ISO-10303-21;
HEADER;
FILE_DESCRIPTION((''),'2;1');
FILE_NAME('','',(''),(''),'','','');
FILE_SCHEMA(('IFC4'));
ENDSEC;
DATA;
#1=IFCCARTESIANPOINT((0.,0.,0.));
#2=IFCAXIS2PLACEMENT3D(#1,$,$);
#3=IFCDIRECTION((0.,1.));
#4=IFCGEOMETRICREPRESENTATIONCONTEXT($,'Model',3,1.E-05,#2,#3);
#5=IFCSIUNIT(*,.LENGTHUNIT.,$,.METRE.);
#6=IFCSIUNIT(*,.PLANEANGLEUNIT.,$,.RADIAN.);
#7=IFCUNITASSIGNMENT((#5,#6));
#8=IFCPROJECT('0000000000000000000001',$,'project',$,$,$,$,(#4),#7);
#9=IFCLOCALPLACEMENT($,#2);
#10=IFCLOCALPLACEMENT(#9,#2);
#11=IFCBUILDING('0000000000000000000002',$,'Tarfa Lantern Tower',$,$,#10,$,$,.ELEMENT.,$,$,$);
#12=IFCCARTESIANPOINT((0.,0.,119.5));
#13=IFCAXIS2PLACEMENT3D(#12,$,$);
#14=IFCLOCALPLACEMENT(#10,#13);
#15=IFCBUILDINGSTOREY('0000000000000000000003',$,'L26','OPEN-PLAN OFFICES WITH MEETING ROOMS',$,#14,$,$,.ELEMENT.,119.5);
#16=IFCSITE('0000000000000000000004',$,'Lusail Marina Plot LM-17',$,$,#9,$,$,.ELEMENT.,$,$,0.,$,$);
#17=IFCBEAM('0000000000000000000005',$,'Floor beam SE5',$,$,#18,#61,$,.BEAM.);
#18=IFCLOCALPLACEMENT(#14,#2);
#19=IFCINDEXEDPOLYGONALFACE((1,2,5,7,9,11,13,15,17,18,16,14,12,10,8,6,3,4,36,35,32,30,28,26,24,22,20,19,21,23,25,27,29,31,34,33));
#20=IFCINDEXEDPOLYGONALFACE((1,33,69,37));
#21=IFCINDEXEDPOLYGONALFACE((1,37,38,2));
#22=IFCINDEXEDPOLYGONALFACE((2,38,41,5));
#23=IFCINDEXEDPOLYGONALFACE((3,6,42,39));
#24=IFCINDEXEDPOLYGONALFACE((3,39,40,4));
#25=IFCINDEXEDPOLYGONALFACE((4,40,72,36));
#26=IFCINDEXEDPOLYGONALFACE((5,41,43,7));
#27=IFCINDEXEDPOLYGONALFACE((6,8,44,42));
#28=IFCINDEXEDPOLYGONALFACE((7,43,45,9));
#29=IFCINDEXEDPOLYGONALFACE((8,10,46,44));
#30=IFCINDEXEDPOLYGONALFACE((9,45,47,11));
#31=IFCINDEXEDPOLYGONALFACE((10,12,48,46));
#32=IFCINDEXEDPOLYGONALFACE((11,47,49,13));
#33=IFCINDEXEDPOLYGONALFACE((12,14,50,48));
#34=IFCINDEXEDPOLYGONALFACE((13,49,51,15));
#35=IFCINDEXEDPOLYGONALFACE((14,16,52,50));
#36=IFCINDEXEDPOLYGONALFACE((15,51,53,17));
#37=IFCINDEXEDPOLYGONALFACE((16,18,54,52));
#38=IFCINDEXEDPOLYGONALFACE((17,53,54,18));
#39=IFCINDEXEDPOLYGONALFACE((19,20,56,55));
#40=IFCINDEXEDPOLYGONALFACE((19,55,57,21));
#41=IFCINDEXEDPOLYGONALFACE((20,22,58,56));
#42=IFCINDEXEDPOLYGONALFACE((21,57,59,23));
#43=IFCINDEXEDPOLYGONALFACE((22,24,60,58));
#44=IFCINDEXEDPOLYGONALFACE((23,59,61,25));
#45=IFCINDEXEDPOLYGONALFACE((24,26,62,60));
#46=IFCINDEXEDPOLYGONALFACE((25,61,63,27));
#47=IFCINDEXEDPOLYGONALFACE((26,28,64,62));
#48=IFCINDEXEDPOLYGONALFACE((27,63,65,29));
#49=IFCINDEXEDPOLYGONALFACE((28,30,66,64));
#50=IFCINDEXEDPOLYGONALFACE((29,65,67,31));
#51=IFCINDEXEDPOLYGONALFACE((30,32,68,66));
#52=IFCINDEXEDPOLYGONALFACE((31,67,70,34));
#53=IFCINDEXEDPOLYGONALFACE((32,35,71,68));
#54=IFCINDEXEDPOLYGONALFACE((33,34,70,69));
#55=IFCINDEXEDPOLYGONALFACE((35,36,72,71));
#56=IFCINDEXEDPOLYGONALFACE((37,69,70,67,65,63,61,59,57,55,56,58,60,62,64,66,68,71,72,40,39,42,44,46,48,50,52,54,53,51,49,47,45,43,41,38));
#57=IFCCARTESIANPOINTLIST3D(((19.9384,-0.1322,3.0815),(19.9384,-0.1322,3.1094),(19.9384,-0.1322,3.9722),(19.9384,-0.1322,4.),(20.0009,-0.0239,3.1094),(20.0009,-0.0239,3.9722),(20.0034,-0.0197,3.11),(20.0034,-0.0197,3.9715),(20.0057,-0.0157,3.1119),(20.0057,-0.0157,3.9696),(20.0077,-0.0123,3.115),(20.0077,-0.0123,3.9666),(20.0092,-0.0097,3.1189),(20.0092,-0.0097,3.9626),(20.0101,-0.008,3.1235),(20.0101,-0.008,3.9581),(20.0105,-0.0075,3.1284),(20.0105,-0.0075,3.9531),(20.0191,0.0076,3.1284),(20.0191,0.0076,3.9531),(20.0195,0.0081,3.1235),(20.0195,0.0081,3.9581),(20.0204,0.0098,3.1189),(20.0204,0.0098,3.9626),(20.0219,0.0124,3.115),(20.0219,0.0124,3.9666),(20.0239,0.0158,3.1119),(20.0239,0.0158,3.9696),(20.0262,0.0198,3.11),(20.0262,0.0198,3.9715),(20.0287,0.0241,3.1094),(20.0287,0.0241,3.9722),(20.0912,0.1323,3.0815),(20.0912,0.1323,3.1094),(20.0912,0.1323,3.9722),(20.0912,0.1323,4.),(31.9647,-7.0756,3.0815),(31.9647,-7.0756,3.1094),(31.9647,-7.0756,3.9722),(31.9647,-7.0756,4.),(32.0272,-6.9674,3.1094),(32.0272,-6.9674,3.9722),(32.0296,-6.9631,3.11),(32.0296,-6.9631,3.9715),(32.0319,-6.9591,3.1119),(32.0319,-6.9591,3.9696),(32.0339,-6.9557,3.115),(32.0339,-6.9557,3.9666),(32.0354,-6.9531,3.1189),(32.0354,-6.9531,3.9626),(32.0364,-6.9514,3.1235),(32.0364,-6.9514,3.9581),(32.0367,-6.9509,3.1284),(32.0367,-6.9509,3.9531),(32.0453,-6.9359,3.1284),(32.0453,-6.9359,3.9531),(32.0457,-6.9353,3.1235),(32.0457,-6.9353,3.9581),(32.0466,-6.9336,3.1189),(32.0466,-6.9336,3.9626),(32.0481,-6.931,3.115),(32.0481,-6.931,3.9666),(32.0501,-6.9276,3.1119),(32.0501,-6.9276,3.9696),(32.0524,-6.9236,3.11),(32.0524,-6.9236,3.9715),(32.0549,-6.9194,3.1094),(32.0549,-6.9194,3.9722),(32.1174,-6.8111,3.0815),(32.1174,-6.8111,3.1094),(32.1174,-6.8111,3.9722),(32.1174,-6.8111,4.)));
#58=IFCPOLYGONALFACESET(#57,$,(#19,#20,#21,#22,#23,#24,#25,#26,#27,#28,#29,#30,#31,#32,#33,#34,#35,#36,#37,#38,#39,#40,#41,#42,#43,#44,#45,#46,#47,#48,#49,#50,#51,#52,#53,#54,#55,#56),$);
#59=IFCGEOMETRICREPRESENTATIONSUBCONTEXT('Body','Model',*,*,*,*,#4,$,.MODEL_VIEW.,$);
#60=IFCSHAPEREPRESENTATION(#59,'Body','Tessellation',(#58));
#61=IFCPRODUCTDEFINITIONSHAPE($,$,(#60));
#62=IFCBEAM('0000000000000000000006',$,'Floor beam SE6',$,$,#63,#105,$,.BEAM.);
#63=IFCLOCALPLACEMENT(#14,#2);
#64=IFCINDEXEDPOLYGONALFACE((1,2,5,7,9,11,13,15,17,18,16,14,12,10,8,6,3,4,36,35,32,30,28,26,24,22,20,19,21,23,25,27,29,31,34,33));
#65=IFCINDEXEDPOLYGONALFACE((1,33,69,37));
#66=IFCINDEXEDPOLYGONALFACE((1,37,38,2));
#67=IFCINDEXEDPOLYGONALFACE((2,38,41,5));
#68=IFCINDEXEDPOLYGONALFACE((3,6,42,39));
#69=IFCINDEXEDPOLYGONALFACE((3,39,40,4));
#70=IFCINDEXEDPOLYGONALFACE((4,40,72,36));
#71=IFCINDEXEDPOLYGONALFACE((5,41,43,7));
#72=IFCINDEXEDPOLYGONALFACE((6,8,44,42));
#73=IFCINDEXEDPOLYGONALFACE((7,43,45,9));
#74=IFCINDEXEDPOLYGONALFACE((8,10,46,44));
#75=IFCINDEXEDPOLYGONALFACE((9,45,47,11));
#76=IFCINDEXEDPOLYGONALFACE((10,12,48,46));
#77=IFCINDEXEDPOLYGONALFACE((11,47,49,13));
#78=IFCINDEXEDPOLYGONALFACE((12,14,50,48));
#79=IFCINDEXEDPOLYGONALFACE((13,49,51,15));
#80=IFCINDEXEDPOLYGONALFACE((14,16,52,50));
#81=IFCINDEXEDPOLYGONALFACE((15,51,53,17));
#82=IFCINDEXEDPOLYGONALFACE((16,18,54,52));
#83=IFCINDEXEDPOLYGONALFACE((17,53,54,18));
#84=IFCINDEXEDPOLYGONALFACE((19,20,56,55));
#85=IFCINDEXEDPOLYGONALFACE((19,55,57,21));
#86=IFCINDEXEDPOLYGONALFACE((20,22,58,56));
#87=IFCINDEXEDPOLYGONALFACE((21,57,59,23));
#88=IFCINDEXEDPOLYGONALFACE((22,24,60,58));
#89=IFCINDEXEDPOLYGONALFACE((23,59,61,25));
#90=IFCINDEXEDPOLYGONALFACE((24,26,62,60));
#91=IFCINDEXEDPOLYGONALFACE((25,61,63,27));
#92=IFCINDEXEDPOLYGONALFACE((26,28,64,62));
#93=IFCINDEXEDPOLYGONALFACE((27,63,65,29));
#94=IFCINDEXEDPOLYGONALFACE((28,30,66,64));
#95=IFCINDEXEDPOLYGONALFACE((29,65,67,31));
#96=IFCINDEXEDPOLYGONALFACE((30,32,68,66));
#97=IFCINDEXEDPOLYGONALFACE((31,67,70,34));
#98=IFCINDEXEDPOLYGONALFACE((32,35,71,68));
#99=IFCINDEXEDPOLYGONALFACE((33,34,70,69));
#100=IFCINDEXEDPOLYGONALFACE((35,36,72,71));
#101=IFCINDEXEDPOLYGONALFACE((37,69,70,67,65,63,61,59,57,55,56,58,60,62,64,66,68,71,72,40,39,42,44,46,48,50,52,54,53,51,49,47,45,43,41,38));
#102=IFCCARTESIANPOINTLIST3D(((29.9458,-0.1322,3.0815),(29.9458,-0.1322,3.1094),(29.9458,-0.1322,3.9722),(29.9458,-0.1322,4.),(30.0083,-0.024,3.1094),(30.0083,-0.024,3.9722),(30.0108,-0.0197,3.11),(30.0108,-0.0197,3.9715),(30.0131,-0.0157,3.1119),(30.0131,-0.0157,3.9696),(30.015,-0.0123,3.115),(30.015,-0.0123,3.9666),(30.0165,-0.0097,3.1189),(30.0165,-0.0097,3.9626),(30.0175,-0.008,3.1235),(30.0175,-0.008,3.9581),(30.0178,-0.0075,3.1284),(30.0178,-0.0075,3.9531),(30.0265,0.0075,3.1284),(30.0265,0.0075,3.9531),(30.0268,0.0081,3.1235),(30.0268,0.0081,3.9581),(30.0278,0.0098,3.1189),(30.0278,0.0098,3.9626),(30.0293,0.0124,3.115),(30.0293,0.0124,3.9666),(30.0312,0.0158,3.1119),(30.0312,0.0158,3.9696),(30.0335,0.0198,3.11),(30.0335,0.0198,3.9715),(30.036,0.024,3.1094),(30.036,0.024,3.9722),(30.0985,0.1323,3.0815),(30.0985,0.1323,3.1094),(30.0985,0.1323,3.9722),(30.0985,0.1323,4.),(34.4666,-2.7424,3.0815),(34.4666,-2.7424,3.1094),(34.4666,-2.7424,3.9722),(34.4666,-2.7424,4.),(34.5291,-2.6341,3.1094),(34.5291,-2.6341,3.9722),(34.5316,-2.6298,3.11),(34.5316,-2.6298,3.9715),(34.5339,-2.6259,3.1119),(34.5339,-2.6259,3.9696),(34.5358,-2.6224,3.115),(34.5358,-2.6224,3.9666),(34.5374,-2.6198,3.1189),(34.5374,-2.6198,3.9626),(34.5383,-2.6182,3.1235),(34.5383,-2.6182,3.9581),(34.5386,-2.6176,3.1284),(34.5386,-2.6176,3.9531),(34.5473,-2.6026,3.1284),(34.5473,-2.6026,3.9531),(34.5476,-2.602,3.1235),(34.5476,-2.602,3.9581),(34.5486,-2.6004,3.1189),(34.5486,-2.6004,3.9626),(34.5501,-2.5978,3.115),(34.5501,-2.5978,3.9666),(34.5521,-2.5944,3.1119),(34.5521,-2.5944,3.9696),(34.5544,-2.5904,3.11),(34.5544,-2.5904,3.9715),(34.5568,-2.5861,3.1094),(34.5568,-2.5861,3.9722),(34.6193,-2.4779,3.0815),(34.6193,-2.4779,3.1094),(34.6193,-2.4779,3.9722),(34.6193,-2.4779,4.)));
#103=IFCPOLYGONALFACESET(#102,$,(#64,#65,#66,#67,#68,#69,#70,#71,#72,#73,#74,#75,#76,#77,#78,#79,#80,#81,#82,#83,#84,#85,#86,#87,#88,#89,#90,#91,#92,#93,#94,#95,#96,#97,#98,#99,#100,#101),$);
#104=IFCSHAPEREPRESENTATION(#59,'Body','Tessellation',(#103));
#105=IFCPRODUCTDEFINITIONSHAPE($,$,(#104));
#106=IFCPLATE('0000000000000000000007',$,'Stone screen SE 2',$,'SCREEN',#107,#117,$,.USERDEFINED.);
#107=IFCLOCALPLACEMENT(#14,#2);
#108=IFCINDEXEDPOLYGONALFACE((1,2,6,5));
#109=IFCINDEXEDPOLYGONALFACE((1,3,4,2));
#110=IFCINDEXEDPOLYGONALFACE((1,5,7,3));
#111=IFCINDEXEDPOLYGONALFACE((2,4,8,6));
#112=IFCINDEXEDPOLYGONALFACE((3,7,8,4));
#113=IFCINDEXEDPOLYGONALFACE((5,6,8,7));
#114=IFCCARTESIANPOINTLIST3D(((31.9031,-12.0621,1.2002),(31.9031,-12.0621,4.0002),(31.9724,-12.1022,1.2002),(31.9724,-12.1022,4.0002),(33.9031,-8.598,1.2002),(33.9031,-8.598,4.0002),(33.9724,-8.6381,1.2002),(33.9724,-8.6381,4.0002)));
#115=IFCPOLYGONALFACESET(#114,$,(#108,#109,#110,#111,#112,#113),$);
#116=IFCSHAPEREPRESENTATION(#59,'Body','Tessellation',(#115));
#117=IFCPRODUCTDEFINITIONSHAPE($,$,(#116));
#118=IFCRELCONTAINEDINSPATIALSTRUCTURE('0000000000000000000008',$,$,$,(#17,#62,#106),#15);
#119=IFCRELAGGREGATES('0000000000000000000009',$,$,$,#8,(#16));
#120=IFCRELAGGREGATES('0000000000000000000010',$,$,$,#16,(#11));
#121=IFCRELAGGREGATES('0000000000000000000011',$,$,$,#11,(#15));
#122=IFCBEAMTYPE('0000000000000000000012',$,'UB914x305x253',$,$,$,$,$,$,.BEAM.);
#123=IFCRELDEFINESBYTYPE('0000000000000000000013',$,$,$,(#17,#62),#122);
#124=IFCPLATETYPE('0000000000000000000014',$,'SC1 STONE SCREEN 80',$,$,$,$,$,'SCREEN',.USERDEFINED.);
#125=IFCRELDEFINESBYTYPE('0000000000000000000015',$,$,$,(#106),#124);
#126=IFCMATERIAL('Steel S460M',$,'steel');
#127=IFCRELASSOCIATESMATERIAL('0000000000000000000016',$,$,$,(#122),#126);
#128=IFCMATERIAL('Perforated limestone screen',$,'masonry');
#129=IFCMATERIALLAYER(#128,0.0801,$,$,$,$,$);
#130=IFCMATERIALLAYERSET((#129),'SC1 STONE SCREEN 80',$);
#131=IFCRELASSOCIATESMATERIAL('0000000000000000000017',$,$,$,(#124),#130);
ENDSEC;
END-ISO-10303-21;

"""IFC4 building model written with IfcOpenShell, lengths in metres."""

from ifc_helpers import new_model, si_unit, direction, frame, origin, origin_2d, place, context, subcontext, project, spatial, rectangle, i_section, extrude, material, layer, layer_set, material_profile, profile_set, type_object, element, save


model = new_model("IFC4")

# Units and contexts
model_context = context("Model", 3, precision=1e-05, world=origin(), true_north=direction((0.0, 1.0)))
body_context = subcontext(model_context, "Body", "Model", "MODEL_VIEW")
ifc_project = project(units=[si_unit("LENGTHUNIT", "METRE"), si_unit("PLANEANGLEUNIT", "RADIAN")], contexts=[model_context])

# Site, building, storey
site_placement = place(None, origin())
site = spatial("IfcSite", under=ifc_project, at=site_placement, Name="Lusail Marina Plot LM-17", CompositionType="ELEMENT", RefElevation=0.0)
building_placement = place(site_placement, origin())
building = spatial("IfcBuilding", under=site, at=building_placement, Name="Tarfa Lantern Tower", CompositionType="ELEMENT")
storey_placement = place(building_placement, frame((0.0, 0.0, 119.5)))
storey = spatial("IfcBuildingStorey", under=building, at=storey_placement, Name="L26", Description="OPEN-PLAN OFFICES WITH MEETING ROOMS", CompositionType="ELEMENT", Elevation=119.5)

# Beams
ifc_material_1 = material(Name="Steel S460M", Category="steel")
ifc_material_profile_1 = material_profile(ifc_material_1, i_section(OverallWidth=0.3054, OverallDepth=0.9185, WebThickness=0.0173, FlangeThickness=0.0278, FilletRadius=0.019, at=origin_2d()), Name="UB914x305x253")
ifc_profile_set_1 = profile_set([ifc_material_profile_1], Name="Steel S460M")
beam_type_1 = type_object("IfcBeamType", Name="UB914x305x253", PredefinedType="BEAM", material=ifc_profile_set_1)
beam_1_placement = place(storey_placement, frame((32.041, -6.9434, 3.5408), z_axis=(-0.866023, 0.500004, 0.0), x_axis=(-0.500004, -0.866023, 0.0)))
element("IfcBeam", 1, at=beam_1_placement, inside=storey, type_object=beam_type_1, Name="Floor beam SE5", PredefinedType="BEAM", context=body_context, shape_type="SweptSolid", body=[
    extrude(i_section(OverallWidth=0.3054, OverallDepth=0.9185, WebThickness=0.0173, FlangeThickness=0.0278, FilletRadius=0.019, at=origin_2d()), origin(), (0.0, 0.0, 1.0), 13.8867),
])
beam_2_placement = place(storey_placement, frame((34.543, -2.6101, 3.5408), z_axis=(-0.866021, 0.500007, 0.0), x_axis=(-0.500007, -0.866021, 0.0)))
element("IfcBeam", 2, at=beam_2_placement, inside=storey, type_object=beam_type_1, Name="Floor beam SE6", PredefinedType="BEAM", context=body_context, shape_type="SweptSolid", body=[
    extrude(i_section(OverallWidth=0.3054, OverallDepth=0.9185, WebThickness=0.0173, FlangeThickness=0.0278, FilletRadius=0.019, at=origin_2d()), origin(), (0.0, 0.0, 1.0), 5.2202),
])

# Plate
ifc_material_2 = material(Name="Perforated limestone screen", Category="masonry")
ifc_layer_1 = layer(ifc_material_2, 0.0801)
ifc_layer_set_1 = layer_set([ifc_layer_1], Name="SC1 STONE SCREEN 80")
plate_type = type_object("IfcPlateType", Name="SC1 STONE SCREEN 80", ElementType="SCREEN", PredefinedType="USERDEFINED", material=ifc_layer_set_1)
plate_placement = place(storey_placement, frame((32.9377, -10.3501, 1.2002), z_axis=(0.0, 0.0, 1.0), x_axis=(0.5, 0.866025, 0.0)))
element("IfcPlate", 3, at=plate_placement, inside=storey, type_object=plate_type, Name="Stone screen SE 2", ObjectType="SCREEN", PredefinedType="USERDEFINED", context=body_context, shape_type="SweptSolid", body=[
    extrude(rectangle(XDim=4.0, YDim=0.0801, at=origin_2d()), origin(), (0.0, 0.0, 1.0), 2.8),
])

save(model, "model.ifc")
